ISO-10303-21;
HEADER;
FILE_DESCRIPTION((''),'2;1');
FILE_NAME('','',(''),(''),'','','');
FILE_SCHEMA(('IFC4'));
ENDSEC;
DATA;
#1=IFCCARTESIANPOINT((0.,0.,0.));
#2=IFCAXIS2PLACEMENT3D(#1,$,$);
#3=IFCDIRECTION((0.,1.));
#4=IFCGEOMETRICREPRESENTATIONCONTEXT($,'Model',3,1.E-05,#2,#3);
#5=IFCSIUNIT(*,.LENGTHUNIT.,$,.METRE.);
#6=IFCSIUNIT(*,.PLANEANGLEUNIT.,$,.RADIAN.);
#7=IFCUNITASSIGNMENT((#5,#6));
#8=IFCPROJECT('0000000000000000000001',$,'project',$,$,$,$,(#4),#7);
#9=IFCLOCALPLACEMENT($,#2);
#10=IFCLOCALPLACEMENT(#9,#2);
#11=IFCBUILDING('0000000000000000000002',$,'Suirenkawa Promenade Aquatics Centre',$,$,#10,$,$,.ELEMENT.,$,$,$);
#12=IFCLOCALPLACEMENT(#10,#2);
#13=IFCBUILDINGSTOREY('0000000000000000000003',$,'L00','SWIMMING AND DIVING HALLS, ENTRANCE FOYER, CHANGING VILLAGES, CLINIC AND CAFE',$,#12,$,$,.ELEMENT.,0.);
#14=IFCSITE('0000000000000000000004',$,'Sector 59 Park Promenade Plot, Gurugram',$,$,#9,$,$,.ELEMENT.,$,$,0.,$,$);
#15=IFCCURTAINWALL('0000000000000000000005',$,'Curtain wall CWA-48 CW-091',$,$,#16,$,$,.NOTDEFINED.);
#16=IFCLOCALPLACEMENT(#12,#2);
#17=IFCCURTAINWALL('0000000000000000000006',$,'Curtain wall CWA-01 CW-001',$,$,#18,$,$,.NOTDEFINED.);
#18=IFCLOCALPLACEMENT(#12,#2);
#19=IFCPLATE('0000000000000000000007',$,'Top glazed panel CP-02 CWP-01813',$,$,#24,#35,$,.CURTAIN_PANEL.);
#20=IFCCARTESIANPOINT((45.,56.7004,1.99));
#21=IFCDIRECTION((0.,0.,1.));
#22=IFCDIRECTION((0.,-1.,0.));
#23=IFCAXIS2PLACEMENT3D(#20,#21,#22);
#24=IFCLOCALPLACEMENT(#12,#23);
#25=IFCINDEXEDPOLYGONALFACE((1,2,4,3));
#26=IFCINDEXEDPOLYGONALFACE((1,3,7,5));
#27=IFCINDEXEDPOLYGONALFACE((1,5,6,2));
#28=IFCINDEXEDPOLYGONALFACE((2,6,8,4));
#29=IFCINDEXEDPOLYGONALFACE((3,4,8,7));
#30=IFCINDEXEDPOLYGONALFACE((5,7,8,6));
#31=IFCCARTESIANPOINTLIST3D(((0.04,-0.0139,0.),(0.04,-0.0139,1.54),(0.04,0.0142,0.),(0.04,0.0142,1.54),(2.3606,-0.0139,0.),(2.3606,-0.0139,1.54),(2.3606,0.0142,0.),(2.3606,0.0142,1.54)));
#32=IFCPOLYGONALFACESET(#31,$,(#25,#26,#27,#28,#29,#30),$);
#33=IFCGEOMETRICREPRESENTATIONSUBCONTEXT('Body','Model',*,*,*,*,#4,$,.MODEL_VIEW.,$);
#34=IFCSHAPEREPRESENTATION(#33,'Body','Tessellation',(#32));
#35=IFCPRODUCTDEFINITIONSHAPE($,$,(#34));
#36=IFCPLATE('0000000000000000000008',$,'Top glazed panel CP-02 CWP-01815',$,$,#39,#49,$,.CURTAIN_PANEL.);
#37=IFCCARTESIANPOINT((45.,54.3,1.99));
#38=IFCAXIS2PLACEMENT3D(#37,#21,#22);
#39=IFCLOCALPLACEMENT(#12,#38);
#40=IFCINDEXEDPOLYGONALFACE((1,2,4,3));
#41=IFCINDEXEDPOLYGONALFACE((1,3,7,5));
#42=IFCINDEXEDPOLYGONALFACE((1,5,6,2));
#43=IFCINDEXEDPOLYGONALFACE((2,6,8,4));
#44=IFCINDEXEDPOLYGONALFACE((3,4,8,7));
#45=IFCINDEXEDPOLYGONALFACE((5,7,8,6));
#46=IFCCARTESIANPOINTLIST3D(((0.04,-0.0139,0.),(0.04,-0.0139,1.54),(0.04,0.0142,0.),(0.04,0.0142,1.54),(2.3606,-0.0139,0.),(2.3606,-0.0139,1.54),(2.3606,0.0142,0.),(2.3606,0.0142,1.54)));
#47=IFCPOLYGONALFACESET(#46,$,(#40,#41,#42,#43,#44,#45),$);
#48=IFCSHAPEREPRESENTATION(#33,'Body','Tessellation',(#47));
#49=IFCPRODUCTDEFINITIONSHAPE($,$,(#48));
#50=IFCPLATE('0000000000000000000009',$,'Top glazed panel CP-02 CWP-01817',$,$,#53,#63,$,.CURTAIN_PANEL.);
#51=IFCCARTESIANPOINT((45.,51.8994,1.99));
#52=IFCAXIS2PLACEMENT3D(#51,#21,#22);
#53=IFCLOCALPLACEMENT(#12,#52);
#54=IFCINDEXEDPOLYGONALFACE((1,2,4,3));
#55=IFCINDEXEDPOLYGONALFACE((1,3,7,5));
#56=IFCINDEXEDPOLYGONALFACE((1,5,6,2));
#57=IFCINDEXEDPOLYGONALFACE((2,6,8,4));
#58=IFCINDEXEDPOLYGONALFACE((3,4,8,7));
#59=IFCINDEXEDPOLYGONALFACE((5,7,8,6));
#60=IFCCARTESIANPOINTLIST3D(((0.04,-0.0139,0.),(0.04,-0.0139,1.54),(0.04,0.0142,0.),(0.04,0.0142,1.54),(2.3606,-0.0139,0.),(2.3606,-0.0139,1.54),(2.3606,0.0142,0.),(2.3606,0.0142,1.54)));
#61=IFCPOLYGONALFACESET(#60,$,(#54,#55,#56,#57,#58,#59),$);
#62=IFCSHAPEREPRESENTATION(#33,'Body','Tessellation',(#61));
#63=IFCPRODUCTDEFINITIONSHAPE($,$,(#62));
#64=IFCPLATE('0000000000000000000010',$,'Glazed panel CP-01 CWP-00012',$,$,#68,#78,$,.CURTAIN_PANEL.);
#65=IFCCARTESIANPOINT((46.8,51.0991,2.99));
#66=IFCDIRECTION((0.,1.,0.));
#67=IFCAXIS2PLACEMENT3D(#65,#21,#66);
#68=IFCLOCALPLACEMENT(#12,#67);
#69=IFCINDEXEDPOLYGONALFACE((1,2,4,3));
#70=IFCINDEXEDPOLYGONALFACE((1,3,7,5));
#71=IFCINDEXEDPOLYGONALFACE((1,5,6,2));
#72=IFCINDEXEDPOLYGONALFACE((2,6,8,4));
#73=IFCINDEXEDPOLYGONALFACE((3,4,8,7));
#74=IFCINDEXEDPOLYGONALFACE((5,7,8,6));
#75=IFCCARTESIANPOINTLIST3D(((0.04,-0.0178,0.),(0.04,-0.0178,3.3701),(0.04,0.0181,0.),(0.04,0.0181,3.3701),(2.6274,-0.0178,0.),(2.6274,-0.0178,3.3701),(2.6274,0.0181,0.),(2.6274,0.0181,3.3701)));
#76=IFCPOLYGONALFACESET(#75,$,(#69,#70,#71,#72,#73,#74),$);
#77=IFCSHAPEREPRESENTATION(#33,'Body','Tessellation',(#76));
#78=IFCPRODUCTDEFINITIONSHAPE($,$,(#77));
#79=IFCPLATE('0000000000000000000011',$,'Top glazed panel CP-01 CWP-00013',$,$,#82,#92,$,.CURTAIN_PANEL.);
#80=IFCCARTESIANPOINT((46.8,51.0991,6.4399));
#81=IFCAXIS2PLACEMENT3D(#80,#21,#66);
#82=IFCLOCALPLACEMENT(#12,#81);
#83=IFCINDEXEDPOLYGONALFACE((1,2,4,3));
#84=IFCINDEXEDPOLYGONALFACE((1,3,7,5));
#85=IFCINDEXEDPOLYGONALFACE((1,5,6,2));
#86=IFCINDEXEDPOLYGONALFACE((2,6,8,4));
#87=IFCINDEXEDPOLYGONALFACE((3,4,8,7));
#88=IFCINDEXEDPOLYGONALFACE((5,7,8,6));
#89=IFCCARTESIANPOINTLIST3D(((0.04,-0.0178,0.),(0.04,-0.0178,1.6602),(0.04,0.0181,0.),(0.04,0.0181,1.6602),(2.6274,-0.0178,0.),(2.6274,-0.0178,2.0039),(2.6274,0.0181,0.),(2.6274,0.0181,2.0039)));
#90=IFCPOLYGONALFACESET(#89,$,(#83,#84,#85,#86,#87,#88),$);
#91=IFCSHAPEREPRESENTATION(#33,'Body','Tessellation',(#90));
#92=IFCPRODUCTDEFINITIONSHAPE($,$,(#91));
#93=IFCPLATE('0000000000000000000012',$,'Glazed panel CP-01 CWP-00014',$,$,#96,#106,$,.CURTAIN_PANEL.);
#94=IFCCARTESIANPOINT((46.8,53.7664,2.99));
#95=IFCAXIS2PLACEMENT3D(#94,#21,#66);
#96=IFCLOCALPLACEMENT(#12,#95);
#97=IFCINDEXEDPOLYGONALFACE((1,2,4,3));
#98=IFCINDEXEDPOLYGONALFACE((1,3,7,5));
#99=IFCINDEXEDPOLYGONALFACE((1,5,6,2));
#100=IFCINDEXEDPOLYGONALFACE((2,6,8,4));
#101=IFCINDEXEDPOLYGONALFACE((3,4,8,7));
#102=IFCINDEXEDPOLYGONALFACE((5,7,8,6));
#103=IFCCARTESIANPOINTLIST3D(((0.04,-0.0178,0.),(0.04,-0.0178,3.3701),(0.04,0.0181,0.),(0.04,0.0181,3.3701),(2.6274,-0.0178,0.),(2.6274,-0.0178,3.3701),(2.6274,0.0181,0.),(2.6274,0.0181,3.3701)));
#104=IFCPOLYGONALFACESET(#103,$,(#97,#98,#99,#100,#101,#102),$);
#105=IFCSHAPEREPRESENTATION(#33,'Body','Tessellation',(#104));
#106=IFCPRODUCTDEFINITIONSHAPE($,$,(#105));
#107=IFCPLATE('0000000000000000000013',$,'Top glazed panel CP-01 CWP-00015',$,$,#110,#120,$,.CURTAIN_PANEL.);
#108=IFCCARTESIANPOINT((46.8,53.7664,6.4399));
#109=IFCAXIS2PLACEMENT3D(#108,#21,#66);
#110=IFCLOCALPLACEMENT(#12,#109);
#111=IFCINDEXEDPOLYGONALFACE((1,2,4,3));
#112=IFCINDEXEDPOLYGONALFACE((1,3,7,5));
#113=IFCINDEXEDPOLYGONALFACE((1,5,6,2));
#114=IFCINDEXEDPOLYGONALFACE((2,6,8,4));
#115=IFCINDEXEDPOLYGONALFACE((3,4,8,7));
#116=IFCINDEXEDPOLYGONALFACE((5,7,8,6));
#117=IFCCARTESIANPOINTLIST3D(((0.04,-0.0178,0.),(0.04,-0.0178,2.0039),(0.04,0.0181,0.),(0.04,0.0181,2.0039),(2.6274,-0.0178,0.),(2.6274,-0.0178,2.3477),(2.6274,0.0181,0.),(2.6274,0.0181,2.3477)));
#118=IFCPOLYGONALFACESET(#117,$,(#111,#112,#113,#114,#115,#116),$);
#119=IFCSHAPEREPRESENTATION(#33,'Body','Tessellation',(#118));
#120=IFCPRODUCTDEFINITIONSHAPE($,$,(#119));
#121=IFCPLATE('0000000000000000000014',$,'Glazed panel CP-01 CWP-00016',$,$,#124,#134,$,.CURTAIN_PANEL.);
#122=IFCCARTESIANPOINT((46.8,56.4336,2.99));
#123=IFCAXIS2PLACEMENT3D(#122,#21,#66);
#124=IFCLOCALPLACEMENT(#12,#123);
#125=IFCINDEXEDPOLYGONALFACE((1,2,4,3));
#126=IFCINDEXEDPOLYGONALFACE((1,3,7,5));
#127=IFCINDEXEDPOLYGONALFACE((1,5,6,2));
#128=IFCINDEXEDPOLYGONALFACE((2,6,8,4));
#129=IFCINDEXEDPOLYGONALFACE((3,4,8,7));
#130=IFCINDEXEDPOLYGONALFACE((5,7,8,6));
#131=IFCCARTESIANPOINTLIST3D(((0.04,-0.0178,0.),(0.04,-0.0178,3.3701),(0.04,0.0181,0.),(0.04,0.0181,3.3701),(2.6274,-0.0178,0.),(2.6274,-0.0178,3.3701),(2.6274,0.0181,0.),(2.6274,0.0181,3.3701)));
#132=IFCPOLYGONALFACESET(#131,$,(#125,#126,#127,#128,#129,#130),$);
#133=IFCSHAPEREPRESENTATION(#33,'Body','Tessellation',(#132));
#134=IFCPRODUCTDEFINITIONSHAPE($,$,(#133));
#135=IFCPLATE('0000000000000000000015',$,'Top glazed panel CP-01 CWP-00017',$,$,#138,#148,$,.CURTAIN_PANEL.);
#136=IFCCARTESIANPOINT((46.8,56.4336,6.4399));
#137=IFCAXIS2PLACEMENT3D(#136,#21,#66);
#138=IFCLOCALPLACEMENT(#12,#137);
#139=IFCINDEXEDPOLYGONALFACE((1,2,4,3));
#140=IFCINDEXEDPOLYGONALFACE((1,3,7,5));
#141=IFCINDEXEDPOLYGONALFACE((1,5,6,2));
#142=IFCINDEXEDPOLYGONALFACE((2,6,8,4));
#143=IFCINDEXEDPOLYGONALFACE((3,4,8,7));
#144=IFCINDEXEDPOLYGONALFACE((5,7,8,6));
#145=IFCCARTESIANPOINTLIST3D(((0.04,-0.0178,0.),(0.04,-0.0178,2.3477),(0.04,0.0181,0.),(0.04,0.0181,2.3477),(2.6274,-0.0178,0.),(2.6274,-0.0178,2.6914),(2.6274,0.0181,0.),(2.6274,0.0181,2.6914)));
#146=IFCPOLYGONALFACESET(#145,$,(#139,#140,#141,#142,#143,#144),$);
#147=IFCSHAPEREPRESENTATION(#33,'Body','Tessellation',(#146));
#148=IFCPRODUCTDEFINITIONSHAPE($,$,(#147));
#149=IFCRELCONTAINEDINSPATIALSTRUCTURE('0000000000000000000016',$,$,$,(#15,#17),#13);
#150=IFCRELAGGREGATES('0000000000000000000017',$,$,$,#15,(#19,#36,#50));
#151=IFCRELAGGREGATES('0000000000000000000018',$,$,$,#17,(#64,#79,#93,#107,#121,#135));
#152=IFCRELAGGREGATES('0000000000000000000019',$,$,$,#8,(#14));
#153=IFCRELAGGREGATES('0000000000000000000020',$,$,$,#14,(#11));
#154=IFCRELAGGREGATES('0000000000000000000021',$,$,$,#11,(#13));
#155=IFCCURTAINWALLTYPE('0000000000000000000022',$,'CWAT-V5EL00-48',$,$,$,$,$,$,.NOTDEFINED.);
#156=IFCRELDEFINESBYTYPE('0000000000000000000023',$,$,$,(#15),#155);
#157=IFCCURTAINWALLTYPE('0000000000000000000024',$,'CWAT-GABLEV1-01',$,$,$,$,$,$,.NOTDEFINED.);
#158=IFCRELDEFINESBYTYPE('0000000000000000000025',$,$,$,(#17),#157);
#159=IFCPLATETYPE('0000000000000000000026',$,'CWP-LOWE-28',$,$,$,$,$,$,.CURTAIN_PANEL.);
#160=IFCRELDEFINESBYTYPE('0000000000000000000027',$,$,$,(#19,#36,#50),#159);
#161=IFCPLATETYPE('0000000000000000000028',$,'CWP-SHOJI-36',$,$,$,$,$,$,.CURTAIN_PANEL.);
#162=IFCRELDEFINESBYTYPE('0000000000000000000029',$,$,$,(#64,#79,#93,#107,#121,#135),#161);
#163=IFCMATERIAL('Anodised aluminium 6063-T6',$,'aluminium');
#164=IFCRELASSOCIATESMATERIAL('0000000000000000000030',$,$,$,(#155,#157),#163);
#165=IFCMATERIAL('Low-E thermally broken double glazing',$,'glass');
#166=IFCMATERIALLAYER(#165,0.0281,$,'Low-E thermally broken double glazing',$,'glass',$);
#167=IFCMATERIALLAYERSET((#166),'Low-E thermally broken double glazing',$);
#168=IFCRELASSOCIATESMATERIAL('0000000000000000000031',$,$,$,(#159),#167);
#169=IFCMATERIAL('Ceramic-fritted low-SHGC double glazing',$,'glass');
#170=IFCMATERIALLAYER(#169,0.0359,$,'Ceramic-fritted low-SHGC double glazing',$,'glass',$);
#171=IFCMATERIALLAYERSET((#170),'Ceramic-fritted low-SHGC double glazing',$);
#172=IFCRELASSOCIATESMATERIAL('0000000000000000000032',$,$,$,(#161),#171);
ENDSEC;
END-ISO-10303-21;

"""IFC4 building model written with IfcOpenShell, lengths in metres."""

from ifc_helpers import new_model, si_unit, direction, frame, origin, place, context, subcontext, project, spatial, polyline, outline, extrude, material, layer, layer_set, type_object, element, aggregate, save


model = new_model("IFC4")

# Units and contexts
model_context = context("Model", 3, precision=1e-05, world=origin(), true_north=direction((0.0, 1.0)))
body_context = subcontext(model_context, "Body", "Model", "MODEL_VIEW")
ifc_project = project(units=[si_unit("LENGTHUNIT", "METRE"), si_unit("PLANEANGLEUNIT", "RADIAN")], contexts=[model_context])

# Site, building, storey
site_placement = place(None, origin())
site = spatial("IfcSite", under=ifc_project, at=site_placement, Name="Sector 59 Park Promenade Plot, Gurugram", CompositionType="ELEMENT", RefElevation=0.0)
building_placement = place(site_placement, origin())
building = spatial("IfcBuilding", under=site, at=building_placement, Name="Suirenkawa Promenade Aquatics Centre", CompositionType="ELEMENT")
storey_placement = place(building_placement, origin())
storey = spatial("IfcBuildingStorey", under=building, at=storey_placement, Name="L00", Description="SWIMMING AND DIVING HALLS, ENTRANCE FOYER, CHANGING VILLAGES, CLINIC AND CAFE", CompositionType="ELEMENT", Elevation=0.0)

# Curtain walls
ifc_material_1 = material(Name="Anodised aluminium 6063-T6", Category="aluminium")
curtain_wall_type_1 = type_object("IfcCurtainWallType", Name="CWAT-V5EL00-48", PredefinedType="NOTDEFINED", material=ifc_material_1)
curtain_wall_1_placement = place(storey_placement, origin())
curtain_wall_1 = element("IfcCurtainWall", 1, at=curtain_wall_1_placement, inside=storey, type_object=curtain_wall_type_1, Name="Curtain wall CWA-48 CW-091", PredefinedType="NOTDEFINED")
curtain_wall_type_2 = type_object("IfcCurtainWallType", Name="CWAT-GABLEV1-01", PredefinedType="NOTDEFINED", material=ifc_material_1)
curtain_wall_2_placement = place(storey_placement, origin())
curtain_wall_2 = element("IfcCurtainWall", 2, at=curtain_wall_2_placement, inside=storey, type_object=curtain_wall_type_2, Name="Curtain wall CWA-01 CW-001", PredefinedType="NOTDEFINED")

# Plates
ifc_material_2 = material(Name="Low-E thermally broken double glazing", Category="glass")
ifc_layer_1 = layer(ifc_material_2, 0.0281, Name="Low-E thermally broken double glazing", Category="glass")
ifc_layer_set_1 = layer_set([ifc_layer_1], Name="Low-E thermally broken double glazing")
plate_type_1 = type_object("IfcPlateType", Name="CWP-LOWE-28", PredefinedType="CURTAIN_PANEL", material=ifc_layer_set_1)
plate_1_placement = place(storey_placement, frame((45.0, 56.7004, 1.99), z_axis=(0.0, 0.0, 1.0), x_axis=(0.0, -1.0, 0.0)))
plate_1 = element("IfcPlate", 3, at=plate_1_placement, type_object=plate_type_1, Name="Top glazed panel CP-02 CWP-01813", PredefinedType="CURTAIN_PANEL", context=body_context, shape_type="SweptSolid", body=[
    extrude(outline(polyline([(0.04, 0.0), (2.3606, 0.0), (2.3606, 1.54), (0.04, 1.54), (0.04, 0.0)])), frame((0.0, 0.0142, 0.0), z_axis=(0.0, -1.0, 0.0), x_axis=(1.0, 0.0, 0.0)), (0.0, 0.0, 1.0), 0.0281),
])
plate_2_placement = place(storey_placement, frame((45.0, 54.3, 1.99), z_axis=(0.0, 0.0, 1.0), x_axis=(0.0, -1.0, 0.0)))
plate_2 = element("IfcPlate", 4, at=plate_2_placement, type_object=plate_type_1, Name="Top glazed panel CP-02 CWP-01815", PredefinedType="CURTAIN_PANEL", context=body_context, shape_type="SweptSolid", body=[
    extrude(outline(polyline([(0.04, 0.0), (2.3606, 0.0), (2.3606, 1.54), (0.04, 1.54), (0.04, 0.0)])), frame((0.0, 0.0142, 0.0), z_axis=(0.0, -1.0, 0.0), x_axis=(1.0, 0.0, 0.0)), (0.0, 0.0, 1.0), 0.0281),
])
plate_3_placement = place(storey_placement, frame((45.0, 51.8994, 1.99), z_axis=(0.0, 0.0, 1.0), x_axis=(0.0, -1.0, 0.0)))
plate_3 = element("IfcPlate", 5, at=plate_3_placement, type_object=plate_type_1, Name="Top glazed panel CP-02 CWP-01817", PredefinedType="CURTAIN_PANEL", context=body_context, shape_type="SweptSolid", body=[
    extrude(outline(polyline([(0.04, 0.0), (2.3606, 0.0), (2.3606, 1.54), (0.04, 1.54), (0.04, 0.0)])), frame((0.0, 0.0142, 0.0), z_axis=(0.0, -1.0, 0.0), x_axis=(1.0, 0.0, 0.0)), (0.0, 0.0, 1.0), 0.0281),
])
aggregate(curtain_wall_1, [plate_1, plate_2, plate_3])
ifc_material_3 = material(Name="Ceramic-fritted low-SHGC double glazing", Category="glass")
ifc_layer_2 = layer(ifc_material_3, 0.0359, Name="Ceramic-fritted low-SHGC double glazing", Category="glass")
ifc_layer_set_2 = layer_set([ifc_layer_2], Name="Ceramic-fritted low-SHGC double glazing")
plate_type_2 = type_object("IfcPlateType", Name="CWP-SHOJI-36", PredefinedType="CURTAIN_PANEL", material=ifc_layer_set_2)
plate_4_placement = place(storey_placement, frame((46.8, 51.0991, 2.99), z_axis=(0.0, 0.0, 1.0), x_axis=(0.0, 1.0, 0.0)))
plate_4 = element("IfcPlate", 6, at=plate_4_placement, type_object=plate_type_2, Name="Glazed panel CP-01 CWP-00012", PredefinedType="CURTAIN_PANEL", context=body_context, shape_type="SweptSolid", body=[
    extrude(outline(polyline([(0.04, 0.0), (2.6274, 0.0), (2.6274, 3.3701), (0.04, 3.3701), (0.04, 0.0)])), frame((0.0, 0.0181, 0.0), z_axis=(0.0, -1.0, 0.0), x_axis=(1.0, 0.0, 0.0)), (0.0, 0.0, 1.0), 0.0359),
])
plate_5_placement = place(storey_placement, frame((46.8, 51.0991, 6.4399), z_axis=(0.0, 0.0, 1.0), x_axis=(0.0, 1.0, 0.0)))
plate_5 = element("IfcPlate", 7, at=plate_5_placement, type_object=plate_type_2, Name="Top glazed panel CP-01 CWP-00013", PredefinedType="CURTAIN_PANEL", context=body_context, shape_type="SweptSolid", body=[
    extrude(outline(polyline([(0.04, 0.0), (2.6274, 0.0), (2.6274, 2.0039), (0.04, 1.6602), (0.04, 0.0)])), frame((0.0, 0.0181, 0.0), z_axis=(0.0, -1.0, 0.0), x_axis=(1.0, 0.0, 0.0)), (0.0, 0.0, 1.0), 0.0359),
])
plate_6_placement = place(storey_placement, frame((46.8, 53.7664, 2.99), z_axis=(0.0, 0.0, 1.0), x_axis=(0.0, 1.0, 0.0)))
plate_6 = element("IfcPlate", 8, at=plate_6_placement, type_object=plate_type_2, Name="Glazed panel CP-01 CWP-00014", PredefinedType="CURTAIN_PANEL", context=body_context, shape_type="SweptSolid", body=[
    extrude(outline(polyline([(0.04, 0.0), (2.6274, 0.0), (2.6274, 3.3701), (0.04, 3.3701), (0.04, 0.0)])), frame((0.0, 0.0181, 0.0), z_axis=(0.0, -1.0, 0.0), x_axis=(1.0, 0.0, 0.0)), (0.0, 0.0, 1.0), 0.0359),
])
plate_7_placement = place(storey_placement, frame((46.8, 53.7664, 6.4399), z_axis=(0.0, 0.0, 1.0), x_axis=(0.0, 1.0, 0.0)))
plate_7 = element("IfcPlate", 9, at=plate_7_placement, type_object=plate_type_2, Name="Top glazed panel CP-01 CWP-00015", PredefinedType="CURTAIN_PANEL", context=body_context, shape_type="SweptSolid", body=[
    extrude(outline(polyline([(0.04, 0.0), (2.6274, 0.0), (2.6274, 2.3477), (0.04, 2.0039), (0.04, 0.0)])), frame((0.0, 0.0181, 0.0), z_axis=(0.0, -1.0, 0.0), x_axis=(1.0, 0.0, 0.0)), (0.0, 0.0, 1.0), 0.0359),
])
plate_8_placement = place(storey_placement, frame((46.8, 56.4336, 2.99), z_axis=(0.0, 0.0, 1.0), x_axis=(0.0, 1.0, 0.0)))
plate_8 = element("IfcPlate", 10, at=plate_8_placement, type_object=plate_type_2, Name="Glazed panel CP-01 CWP-00016", PredefinedType="CURTAIN_PANEL", context=body_context, shape_type="SweptSolid", body=[
    extrude(outline(polyline([(0.04, 0.0), (2.6274, 0.0), (2.6274, 3.3701), (0.04, 3.3701), (0.04, 0.0)])), frame((0.0, 0.0181, 0.0), z_axis=(0.0, -1.0, 0.0), x_axis=(1.0, 0.0, 0.0)), (0.0, 0.0, 1.0), 0.0359),
])
plate_9_placement = place(storey_placement, frame((46.8, 56.4336, 6.4399), z_axis=(0.0, 0.0, 1.0), x_axis=(0.0, 1.0, 0.0)))
plate_9 = element("IfcPlate", 11, at=plate_9_placement, type_object=plate_type_2, Name="Top glazed panel CP-01 CWP-00017", PredefinedType="CURTAIN_PANEL", context=body_context, shape_type="SweptSolid", body=[
    extrude(outline(polyline([(0.04, 0.0), (2.6274, 0.0), (2.6274, 2.6914), (0.04, 2.3477), (0.04, 0.0)])), frame((0.0, 0.0181, 0.0), z_axis=(0.0, -1.0, 0.0), x_axis=(1.0, 0.0, 0.0)), (0.0, 0.0, 1.0), 0.0359),
])
aggregate(curtain_wall_2, [plate_4, plate_5, plate_6, plate_7, plate_8, plate_9])

save(model, "model.ifc")
